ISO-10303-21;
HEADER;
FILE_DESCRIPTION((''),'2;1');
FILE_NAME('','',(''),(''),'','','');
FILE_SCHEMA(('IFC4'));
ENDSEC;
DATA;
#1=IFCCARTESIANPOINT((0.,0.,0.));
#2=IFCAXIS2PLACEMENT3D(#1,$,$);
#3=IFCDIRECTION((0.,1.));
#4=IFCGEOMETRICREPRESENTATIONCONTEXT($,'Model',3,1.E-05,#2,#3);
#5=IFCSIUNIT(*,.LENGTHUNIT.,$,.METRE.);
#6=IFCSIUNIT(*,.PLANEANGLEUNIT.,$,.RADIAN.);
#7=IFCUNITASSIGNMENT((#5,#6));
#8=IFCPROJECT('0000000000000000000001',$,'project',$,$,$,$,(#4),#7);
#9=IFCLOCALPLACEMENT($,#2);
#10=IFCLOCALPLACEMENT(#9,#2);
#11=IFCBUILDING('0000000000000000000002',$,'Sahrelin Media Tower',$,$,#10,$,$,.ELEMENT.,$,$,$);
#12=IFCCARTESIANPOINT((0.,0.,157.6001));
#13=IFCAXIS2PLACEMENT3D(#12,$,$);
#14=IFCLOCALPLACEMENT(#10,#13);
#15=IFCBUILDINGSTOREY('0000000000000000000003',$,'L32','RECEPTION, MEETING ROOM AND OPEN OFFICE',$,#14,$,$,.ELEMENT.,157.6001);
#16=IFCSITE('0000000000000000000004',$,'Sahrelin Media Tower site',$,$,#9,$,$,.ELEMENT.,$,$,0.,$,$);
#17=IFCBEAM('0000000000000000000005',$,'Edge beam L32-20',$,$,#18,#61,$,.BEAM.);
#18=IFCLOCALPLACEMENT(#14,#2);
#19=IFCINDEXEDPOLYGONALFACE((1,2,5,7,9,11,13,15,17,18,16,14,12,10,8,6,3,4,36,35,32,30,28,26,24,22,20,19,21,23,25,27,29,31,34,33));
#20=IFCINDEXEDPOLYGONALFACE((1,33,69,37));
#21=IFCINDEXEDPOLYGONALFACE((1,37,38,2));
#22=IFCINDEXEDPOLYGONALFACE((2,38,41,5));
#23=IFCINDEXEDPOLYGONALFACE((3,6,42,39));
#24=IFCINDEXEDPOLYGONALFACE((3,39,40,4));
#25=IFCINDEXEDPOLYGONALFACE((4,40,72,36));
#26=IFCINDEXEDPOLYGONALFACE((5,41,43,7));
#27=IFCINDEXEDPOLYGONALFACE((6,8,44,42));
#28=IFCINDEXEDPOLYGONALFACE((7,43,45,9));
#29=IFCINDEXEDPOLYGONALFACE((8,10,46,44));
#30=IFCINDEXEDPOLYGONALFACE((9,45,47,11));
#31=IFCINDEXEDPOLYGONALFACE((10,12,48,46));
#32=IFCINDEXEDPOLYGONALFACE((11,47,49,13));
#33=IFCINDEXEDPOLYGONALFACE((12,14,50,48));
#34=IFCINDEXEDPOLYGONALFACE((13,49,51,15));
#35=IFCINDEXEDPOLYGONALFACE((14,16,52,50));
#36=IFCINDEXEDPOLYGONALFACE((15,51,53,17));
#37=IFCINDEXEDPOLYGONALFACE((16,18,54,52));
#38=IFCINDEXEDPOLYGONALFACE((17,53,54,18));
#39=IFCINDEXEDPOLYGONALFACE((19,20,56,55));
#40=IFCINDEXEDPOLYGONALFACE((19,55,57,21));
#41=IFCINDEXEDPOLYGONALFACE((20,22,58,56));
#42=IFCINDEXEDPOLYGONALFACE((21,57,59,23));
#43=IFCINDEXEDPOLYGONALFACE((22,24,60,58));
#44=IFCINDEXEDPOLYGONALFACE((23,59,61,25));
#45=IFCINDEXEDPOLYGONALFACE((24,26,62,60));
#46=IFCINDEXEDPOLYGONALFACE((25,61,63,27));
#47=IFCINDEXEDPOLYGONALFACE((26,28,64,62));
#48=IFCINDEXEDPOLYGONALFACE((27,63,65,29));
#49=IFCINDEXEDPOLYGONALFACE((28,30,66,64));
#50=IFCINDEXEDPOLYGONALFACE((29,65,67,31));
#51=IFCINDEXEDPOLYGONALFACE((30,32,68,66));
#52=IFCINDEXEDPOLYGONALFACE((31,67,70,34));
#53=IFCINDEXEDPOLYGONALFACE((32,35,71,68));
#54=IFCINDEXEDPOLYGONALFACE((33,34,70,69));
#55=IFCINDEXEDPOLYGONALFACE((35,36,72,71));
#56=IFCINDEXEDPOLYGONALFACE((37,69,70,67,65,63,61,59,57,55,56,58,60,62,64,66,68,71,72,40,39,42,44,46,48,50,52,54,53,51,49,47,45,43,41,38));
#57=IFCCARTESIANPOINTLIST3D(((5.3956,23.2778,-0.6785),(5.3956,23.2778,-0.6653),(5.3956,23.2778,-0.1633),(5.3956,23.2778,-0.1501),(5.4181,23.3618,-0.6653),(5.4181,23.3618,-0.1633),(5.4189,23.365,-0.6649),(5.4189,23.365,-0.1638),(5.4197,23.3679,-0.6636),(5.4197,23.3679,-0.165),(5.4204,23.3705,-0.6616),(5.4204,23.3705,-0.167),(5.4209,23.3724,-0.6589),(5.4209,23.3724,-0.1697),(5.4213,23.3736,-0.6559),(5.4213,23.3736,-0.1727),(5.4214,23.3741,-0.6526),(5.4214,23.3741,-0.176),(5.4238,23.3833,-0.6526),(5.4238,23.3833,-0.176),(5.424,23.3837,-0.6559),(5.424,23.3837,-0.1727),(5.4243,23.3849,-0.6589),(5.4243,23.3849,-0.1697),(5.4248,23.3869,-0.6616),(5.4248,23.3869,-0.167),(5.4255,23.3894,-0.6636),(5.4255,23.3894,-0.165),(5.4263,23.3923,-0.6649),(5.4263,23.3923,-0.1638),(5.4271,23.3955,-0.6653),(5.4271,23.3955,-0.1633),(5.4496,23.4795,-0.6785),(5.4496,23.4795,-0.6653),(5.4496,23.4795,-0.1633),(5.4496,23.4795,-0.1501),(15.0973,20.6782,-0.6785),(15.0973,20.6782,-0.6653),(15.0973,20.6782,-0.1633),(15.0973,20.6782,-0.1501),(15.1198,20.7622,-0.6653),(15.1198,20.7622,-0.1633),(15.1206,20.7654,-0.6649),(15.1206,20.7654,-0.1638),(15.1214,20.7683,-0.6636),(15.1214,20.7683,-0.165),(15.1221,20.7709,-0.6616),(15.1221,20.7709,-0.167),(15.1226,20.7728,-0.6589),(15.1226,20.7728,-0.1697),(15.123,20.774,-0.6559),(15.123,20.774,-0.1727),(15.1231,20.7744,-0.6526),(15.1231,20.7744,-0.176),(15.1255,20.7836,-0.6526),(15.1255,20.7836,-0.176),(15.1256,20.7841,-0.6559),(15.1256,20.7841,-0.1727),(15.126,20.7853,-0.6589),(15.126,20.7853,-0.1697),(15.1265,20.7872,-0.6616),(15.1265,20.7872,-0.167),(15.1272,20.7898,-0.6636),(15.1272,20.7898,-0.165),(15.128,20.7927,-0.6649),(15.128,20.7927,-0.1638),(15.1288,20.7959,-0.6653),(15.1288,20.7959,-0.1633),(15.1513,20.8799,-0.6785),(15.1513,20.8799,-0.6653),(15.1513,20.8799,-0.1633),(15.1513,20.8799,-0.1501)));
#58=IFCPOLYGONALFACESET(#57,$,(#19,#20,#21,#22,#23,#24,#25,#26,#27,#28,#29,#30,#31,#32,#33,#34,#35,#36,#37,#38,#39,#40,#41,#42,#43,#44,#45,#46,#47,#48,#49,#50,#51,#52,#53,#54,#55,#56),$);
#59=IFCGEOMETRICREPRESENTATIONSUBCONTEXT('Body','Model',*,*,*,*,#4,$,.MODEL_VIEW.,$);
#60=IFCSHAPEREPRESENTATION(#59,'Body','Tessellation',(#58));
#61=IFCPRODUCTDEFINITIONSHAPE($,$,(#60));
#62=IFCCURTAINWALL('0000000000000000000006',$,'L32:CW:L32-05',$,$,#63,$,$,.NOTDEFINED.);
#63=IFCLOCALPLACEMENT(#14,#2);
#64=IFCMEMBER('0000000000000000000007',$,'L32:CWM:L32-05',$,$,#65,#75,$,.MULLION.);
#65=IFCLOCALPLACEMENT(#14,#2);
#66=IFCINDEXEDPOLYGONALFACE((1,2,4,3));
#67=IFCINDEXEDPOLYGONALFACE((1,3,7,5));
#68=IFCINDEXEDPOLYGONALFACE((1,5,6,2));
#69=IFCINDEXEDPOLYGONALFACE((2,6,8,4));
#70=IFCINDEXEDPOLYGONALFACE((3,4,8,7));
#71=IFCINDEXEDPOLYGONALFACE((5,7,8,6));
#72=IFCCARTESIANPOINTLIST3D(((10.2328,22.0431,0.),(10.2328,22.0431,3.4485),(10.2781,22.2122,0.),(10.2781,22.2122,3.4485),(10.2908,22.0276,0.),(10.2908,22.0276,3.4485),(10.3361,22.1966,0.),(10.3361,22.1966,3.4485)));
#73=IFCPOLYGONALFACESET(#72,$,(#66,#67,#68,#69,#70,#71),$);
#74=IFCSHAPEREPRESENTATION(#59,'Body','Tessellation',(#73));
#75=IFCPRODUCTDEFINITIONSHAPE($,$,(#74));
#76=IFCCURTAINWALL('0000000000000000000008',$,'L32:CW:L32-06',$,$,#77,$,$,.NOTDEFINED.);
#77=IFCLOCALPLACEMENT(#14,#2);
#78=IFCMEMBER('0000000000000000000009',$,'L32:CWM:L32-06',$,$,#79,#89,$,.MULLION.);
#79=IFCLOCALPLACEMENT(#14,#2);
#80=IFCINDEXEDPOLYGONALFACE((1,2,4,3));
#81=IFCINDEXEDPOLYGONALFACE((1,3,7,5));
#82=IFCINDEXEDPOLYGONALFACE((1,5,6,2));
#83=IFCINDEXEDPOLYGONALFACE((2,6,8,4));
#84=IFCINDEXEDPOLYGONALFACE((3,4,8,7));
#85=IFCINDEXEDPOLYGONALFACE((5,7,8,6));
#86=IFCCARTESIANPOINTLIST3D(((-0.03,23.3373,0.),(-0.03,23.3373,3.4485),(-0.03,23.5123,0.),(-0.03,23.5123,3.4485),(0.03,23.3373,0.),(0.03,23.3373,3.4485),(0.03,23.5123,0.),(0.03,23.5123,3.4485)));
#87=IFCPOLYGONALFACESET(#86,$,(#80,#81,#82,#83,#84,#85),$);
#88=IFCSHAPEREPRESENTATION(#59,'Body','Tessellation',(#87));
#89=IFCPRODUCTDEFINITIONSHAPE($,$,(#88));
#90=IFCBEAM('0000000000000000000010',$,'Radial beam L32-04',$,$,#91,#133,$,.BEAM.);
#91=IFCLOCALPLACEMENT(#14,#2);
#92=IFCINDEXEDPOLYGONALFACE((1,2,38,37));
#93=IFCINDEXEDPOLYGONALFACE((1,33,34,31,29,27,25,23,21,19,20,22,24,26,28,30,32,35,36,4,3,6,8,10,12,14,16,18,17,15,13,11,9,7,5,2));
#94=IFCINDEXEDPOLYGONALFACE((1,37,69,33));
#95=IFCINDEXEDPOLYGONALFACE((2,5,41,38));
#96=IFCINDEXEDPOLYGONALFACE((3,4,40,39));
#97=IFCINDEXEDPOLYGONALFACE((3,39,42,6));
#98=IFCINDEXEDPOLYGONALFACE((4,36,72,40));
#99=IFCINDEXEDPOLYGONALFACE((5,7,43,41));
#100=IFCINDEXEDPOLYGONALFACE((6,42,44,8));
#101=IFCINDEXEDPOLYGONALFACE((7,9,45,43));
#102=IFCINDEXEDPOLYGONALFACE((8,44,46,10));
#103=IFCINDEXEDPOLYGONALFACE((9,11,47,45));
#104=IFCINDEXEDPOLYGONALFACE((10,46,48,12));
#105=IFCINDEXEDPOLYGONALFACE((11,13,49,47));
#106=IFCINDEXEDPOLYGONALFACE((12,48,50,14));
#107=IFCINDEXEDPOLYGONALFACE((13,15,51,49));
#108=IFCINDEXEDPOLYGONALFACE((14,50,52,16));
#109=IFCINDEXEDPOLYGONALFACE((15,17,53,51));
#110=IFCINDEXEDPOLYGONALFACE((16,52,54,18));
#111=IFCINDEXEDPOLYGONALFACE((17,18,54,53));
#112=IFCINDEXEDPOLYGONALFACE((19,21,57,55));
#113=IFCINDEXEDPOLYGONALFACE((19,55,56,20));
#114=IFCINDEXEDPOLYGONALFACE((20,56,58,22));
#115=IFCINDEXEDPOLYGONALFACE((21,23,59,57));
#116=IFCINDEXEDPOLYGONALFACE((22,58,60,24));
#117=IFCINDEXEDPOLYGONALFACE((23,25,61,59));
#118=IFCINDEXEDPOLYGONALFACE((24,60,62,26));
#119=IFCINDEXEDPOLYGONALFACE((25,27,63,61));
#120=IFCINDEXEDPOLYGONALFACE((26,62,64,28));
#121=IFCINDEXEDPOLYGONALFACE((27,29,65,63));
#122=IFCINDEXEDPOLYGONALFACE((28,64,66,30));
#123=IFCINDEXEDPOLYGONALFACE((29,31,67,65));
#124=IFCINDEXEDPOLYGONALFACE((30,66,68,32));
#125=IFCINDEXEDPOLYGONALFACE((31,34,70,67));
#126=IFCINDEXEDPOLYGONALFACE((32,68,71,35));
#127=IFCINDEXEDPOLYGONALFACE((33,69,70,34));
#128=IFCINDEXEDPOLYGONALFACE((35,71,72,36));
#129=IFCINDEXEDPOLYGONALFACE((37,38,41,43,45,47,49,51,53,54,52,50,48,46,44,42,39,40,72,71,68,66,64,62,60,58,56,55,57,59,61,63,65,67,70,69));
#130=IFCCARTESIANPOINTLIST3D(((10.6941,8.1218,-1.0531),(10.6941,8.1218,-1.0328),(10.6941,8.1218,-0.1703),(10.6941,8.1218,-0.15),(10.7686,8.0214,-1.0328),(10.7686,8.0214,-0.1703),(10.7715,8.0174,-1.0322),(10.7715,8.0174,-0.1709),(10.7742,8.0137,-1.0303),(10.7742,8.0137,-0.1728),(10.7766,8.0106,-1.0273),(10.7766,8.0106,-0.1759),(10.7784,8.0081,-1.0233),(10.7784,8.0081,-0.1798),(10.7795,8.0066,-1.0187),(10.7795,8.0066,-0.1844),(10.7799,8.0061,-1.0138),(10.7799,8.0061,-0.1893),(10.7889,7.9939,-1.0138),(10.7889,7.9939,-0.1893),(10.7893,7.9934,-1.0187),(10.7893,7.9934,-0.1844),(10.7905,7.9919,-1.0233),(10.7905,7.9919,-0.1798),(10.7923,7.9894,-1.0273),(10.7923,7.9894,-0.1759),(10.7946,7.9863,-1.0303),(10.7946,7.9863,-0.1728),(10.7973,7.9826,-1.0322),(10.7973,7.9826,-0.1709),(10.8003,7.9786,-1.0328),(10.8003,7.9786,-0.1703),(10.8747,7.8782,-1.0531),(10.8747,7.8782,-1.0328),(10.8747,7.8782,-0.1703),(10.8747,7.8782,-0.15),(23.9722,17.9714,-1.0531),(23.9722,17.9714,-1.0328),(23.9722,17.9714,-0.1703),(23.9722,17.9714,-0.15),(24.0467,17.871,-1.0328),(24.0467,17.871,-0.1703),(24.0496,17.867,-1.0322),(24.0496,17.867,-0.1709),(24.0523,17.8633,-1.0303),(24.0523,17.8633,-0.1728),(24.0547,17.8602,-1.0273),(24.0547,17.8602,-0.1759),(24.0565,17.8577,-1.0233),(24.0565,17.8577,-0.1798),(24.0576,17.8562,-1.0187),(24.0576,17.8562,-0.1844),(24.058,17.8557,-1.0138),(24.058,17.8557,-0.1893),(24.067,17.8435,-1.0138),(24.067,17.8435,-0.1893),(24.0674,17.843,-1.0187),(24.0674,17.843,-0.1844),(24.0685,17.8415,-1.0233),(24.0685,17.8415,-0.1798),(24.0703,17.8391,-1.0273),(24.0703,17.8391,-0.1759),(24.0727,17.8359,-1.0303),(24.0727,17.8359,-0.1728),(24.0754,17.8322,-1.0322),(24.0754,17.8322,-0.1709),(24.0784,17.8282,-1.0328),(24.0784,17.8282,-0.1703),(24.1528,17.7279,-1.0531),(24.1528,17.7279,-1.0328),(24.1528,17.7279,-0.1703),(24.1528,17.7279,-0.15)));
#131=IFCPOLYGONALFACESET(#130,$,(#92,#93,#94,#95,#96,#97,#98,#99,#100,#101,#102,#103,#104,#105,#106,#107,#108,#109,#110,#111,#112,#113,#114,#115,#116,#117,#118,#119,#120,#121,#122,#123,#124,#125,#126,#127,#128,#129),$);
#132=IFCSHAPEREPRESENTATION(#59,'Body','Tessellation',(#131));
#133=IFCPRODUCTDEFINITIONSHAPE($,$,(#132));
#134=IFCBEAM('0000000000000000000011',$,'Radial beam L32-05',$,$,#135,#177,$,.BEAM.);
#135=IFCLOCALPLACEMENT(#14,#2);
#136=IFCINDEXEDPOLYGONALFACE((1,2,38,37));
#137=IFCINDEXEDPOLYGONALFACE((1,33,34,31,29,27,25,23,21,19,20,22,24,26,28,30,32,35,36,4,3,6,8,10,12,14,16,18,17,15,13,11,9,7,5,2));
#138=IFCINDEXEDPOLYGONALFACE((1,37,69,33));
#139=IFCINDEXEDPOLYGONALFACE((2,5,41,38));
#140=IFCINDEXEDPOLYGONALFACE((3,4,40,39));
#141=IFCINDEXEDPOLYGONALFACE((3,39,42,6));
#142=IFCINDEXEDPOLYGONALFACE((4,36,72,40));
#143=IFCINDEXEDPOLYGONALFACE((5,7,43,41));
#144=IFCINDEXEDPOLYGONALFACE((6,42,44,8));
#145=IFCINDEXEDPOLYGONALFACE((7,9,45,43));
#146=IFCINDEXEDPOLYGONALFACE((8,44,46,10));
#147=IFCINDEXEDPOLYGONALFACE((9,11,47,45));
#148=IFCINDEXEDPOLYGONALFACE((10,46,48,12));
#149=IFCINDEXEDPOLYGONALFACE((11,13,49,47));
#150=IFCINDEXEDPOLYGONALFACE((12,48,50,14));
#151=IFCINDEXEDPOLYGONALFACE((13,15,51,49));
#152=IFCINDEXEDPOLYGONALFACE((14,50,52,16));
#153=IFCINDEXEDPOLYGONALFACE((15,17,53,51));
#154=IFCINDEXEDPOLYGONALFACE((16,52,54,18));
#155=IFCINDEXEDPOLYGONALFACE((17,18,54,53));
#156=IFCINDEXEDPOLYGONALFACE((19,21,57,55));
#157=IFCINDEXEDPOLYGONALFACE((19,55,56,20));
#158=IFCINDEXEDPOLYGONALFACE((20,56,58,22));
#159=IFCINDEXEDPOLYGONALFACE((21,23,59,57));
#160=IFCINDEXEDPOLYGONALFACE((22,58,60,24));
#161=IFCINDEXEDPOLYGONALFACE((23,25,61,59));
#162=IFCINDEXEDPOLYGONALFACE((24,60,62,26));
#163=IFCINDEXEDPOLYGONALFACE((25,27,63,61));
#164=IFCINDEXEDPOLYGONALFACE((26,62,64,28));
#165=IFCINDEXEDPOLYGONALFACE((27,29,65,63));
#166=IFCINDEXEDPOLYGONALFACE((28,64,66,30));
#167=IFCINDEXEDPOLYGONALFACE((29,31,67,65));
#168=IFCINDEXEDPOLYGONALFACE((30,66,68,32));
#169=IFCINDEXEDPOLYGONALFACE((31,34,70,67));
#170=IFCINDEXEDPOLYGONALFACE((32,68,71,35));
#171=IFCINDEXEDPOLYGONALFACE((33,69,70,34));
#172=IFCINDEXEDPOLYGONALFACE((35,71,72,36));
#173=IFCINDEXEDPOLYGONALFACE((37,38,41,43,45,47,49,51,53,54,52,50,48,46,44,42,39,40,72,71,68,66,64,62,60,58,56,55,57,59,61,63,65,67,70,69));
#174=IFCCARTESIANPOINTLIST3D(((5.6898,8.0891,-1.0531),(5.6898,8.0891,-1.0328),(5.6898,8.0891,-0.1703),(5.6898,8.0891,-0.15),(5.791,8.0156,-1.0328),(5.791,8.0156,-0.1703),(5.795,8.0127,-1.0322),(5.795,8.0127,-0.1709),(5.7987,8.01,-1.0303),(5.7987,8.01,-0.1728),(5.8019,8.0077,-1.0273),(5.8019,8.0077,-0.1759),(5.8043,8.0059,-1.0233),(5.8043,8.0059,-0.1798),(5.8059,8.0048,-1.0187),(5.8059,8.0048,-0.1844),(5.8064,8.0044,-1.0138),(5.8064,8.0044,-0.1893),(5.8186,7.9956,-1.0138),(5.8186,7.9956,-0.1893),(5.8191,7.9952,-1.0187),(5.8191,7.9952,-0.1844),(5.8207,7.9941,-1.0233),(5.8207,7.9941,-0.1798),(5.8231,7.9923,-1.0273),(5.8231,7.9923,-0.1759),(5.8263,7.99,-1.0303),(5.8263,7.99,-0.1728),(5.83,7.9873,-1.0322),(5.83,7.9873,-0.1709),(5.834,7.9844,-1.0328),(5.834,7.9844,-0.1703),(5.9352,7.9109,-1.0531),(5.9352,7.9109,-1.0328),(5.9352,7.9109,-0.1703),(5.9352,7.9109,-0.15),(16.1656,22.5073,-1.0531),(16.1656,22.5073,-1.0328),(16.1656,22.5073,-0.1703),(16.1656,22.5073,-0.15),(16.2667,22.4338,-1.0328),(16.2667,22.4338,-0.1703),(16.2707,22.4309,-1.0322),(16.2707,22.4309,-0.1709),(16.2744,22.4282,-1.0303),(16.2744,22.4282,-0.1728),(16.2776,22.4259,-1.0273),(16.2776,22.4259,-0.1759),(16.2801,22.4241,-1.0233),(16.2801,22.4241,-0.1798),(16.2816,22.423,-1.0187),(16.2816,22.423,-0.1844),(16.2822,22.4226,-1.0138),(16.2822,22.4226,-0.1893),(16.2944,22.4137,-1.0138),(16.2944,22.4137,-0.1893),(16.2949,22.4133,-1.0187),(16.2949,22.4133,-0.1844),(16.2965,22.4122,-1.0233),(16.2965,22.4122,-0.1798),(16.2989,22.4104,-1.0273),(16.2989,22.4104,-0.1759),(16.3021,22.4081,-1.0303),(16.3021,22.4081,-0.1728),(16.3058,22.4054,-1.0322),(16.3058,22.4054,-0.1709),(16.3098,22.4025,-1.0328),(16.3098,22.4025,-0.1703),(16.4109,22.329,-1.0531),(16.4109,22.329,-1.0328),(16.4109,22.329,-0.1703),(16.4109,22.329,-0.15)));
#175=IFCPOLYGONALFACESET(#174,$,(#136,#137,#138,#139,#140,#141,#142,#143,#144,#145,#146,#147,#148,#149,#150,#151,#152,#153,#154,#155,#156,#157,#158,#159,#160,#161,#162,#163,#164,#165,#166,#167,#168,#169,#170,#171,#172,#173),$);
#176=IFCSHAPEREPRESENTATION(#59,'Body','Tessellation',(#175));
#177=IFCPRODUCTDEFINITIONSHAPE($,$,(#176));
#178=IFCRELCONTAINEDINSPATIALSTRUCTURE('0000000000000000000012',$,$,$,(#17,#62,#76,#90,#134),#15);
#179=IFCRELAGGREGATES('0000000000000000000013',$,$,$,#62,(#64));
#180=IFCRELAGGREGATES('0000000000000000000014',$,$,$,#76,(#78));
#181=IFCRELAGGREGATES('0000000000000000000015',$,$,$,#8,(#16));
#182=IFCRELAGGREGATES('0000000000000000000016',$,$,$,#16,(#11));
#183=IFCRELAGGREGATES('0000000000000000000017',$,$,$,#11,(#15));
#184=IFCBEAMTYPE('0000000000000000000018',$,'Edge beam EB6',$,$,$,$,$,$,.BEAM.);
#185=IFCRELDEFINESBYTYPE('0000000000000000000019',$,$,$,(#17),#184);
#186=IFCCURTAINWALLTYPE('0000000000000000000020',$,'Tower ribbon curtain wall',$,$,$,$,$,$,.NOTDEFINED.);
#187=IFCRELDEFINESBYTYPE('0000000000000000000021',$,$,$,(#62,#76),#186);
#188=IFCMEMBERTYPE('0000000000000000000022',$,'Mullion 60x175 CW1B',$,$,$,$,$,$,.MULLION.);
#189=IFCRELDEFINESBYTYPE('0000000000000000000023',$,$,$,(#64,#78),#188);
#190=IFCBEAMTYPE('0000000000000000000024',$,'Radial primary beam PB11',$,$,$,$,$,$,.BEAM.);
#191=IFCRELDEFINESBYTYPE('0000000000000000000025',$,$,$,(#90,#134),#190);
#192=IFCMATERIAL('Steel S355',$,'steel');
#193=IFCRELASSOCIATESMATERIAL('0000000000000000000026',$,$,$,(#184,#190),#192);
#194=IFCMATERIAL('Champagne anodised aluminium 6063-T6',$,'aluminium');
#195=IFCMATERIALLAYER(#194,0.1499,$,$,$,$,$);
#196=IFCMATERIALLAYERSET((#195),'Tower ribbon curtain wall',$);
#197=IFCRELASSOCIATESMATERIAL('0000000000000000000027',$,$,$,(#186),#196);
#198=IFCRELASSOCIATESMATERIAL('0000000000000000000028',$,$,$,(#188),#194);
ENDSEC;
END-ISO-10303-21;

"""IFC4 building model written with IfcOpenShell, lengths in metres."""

from ifc_helpers import new_model, si_unit, direction, frame, origin, origin_2d, place, context, subcontext, project, spatial, rectangle, i_section, extrude, material, layer, layer_set, material_profile, profile_set, type_object, element, aggregate, save


model = new_model("IFC4")

# Units and contexts
model_context = context("Model", 3, precision=1e-05, world=origin(), true_north=direction((0.0, 1.0)))
body_context = subcontext(model_context, "Body", "Model", "MODEL_VIEW")
ifc_project = project(units=[si_unit("LENGTHUNIT", "METRE"), si_unit("PLANEANGLEUNIT", "RADIAN")], contexts=[model_context])

# Site, building, storey
site_placement = place(None, origin())
site = spatial("IfcSite", under=ifc_project, at=site_placement, Name="Sahrelin Media Tower site", CompositionType="ELEMENT", RefElevation=0.0)
building_placement = place(site_placement, origin())
building = spatial("IfcBuilding", under=site, at=building_placement, Name="Sahrelin Media Tower", CompositionType="ELEMENT")
storey_placement = place(building_placement, frame((0.0, 0.0, 157.6001)))
storey = spatial("IfcBuildingStorey", under=building, at=storey_placement, Name="L32", Description="RECEPTION, MEETING ROOM AND OPEN OFFICE", CompositionType="ELEMENT", Elevation=157.6001)

# Beam
ifc_material_1 = material(Name="Steel S355", Category="steel")
ifc_material_profile_1 = material_profile(ifc_material_1, i_section(OverallWidth=0.2087, OverallDepth=0.5283, WebThickness=0.0095, FlangeThickness=0.0132, FilletRadius=0.0127, at=origin_2d()), Name="UB 533x210x82")
ifc_profile_set_1 = profile_set([ifc_material_profile_1], Name="Steel S355")
beam_type_1 = type_object("IfcBeamType", Name="Edge beam EB6", PredefinedType="BEAM", material=ifc_profile_set_1)
beam_1_placement = place(storey_placement, frame((5.4226, 23.3787, -0.4143), z_axis=(0.965924, -0.258824, 0.0), x_axis=(0.258824, 0.965924, 0.0)))
element("IfcBeam", 1, at=beam_1_placement, inside=storey, type_object=beam_type_1, Name="Edge beam L32-20", PredefinedType="BEAM", context=body_context, shape_type="SweptSolid", body=[
    extrude(i_section(OverallWidth=0.2087, OverallDepth=0.5283, WebThickness=0.0095, FlangeThickness=0.0132, FilletRadius=0.0127, at=origin_2d()), origin(), (0.0, 0.0, 1.0), 10.0439),
])

# Curtain walls, members
ifc_material_2 = material(Name="Champagne anodised aluminium 6063-T6", Category="aluminium")
ifc_layer_1 = layer(ifc_material_2, 0.1499)
ifc_layer_set_1 = layer_set([ifc_layer_1], Name="Tower ribbon curtain wall")
curtain_wall_type = type_object("IfcCurtainWallType", Name="Tower ribbon curtain wall", PredefinedType="NOTDEFINED", material=ifc_layer_set_1)
curtain_wall_1_placement = place(storey_placement, frame((10.3123, 22.2236, 0.0), z_axis=(0.0, 0.0, 1.0), x_axis=(1.0, 0.0, 0.0)))
curtain_wall_1 = element("IfcCurtainWall", 2, at=curtain_wall_1_placement, inside=storey, type_object=curtain_wall_type, Name="L32:CW:L32-05", PredefinedType="NOTDEFINED")
ifc_material_profile_2 = material_profile(ifc_material_2, rectangle(XDim=0.0601, YDim=0.175, at=origin_2d()), Name="Mullion 60x175")
ifc_profile_set_2 = profile_set([ifc_material_profile_2], Name="Champagne anodised aluminium 6063-T6")
member_type_1 = type_object("IfcMemberType", Name="Mullion 60x175 CW1B", PredefinedType="MULLION", material=ifc_profile_set_2)
member_1_placement = place(storey_placement, frame((10.2844, 22.1199, 0.0), z_axis=(0.0, 0.0, 1.0), x_axis=(-0.965927, 0.258816, 0.0)))
member_1 = element("IfcMember", 3, at=member_1_placement, type_object=member_type_1, Name="L32:CWM:L32-05", PredefinedType="MULLION", context=body_context, shape_type="SweptSolid", body=[
    extrude(rectangle(XDim=0.0601, YDim=0.175, at=origin_2d()), origin(), (0.0, 0.0, 1.0), 3.4485),
])
aggregate(curtain_wall_1, [member_1])
placement_1 = place(storey_placement, frame((0.0, 23.5325, 0.0), z_axis=(0.0, 0.0, 1.0), x_axis=(1.0, 0.0, 0.0)))
curtain_wall_2 = element("IfcCurtainWall", 4, at=placement_1, inside=storey, type_object=curtain_wall_type, Name="L32:CW:L32-06", PredefinedType="NOTDEFINED")
member_2_placement = place(storey_placement, frame((0.0, 23.4248, 0.0), z_axis=(0.0, 0.0, 1.0), x_axis=(-1.0, 0.0, 0.0)))
member_2 = element("IfcMember", 5, at=member_2_placement, type_object=member_type_1, Name="L32:CWM:L32-06", PredefinedType="MULLION", context=body_context, shape_type="SweptSolid", body=[
    extrude(rectangle(XDim=0.0601, YDim=0.175, at=origin_2d()), origin(), (0.0, 0.0, 1.0), 3.4485),
])

# Beams
ifc_material_profile_3 = material_profile(ifc_material_1, i_section(OverallWidth=0.3032, OverallDepth=0.9031, WebThickness=0.0151, FlangeThickness=0.0203, FilletRadius=0.019, at=origin_2d()), Name="UB 914x305x201")
ifc_profile_set_3 = profile_set([ifc_material_profile_3], Name="Steel S355")
beam_type_2 = type_object("IfcBeamType", Name="Radial primary beam PB11", PredefinedType="BEAM", material=ifc_profile_set_3)
beam_2_placement = place(storey_placement, frame((10.7844, 8.0, -0.6016), z_axis=(0.803152, 0.595774, 0.0), x_axis=(-0.595774, 0.803152, 0.0)))
element("IfcBeam", 6, at=beam_2_placement, inside=storey, type_object=beam_type_2, Name="Radial beam L32-04", PredefinedType="BEAM", context=body_context, shape_type="SweptSolid", body=[
    extrude(i_section(OverallWidth=0.3032, OverallDepth=0.9031, WebThickness=0.0151, FlangeThickness=0.0203, FilletRadius=0.019, at=origin_2d()), origin(), (0.0, 0.0, 1.0), 16.5325),
])
beam_3_placement = place(storey_placement, frame((5.8125, 8.0, -0.6016), z_axis=(0.587799, 0.809007, 0.0), x_axis=(-0.809007, 0.587799, 0.0)))
element("IfcBeam", 7, at=beam_3_placement, inside=storey, type_object=beam_type_2, Name="Radial beam L32-05", PredefinedType="BEAM", context=body_context, shape_type="SweptSolid", body=[
    extrude(i_section(OverallWidth=0.3032, OverallDepth=0.9031, WebThickness=0.0151, FlangeThickness=0.0203, FilletRadius=0.019, at=origin_2d()), origin(), (0.0, 0.0, 1.0), 17.822),
])

aggregate(curtain_wall_2, [member_2])

save(model, "model.ifc")
